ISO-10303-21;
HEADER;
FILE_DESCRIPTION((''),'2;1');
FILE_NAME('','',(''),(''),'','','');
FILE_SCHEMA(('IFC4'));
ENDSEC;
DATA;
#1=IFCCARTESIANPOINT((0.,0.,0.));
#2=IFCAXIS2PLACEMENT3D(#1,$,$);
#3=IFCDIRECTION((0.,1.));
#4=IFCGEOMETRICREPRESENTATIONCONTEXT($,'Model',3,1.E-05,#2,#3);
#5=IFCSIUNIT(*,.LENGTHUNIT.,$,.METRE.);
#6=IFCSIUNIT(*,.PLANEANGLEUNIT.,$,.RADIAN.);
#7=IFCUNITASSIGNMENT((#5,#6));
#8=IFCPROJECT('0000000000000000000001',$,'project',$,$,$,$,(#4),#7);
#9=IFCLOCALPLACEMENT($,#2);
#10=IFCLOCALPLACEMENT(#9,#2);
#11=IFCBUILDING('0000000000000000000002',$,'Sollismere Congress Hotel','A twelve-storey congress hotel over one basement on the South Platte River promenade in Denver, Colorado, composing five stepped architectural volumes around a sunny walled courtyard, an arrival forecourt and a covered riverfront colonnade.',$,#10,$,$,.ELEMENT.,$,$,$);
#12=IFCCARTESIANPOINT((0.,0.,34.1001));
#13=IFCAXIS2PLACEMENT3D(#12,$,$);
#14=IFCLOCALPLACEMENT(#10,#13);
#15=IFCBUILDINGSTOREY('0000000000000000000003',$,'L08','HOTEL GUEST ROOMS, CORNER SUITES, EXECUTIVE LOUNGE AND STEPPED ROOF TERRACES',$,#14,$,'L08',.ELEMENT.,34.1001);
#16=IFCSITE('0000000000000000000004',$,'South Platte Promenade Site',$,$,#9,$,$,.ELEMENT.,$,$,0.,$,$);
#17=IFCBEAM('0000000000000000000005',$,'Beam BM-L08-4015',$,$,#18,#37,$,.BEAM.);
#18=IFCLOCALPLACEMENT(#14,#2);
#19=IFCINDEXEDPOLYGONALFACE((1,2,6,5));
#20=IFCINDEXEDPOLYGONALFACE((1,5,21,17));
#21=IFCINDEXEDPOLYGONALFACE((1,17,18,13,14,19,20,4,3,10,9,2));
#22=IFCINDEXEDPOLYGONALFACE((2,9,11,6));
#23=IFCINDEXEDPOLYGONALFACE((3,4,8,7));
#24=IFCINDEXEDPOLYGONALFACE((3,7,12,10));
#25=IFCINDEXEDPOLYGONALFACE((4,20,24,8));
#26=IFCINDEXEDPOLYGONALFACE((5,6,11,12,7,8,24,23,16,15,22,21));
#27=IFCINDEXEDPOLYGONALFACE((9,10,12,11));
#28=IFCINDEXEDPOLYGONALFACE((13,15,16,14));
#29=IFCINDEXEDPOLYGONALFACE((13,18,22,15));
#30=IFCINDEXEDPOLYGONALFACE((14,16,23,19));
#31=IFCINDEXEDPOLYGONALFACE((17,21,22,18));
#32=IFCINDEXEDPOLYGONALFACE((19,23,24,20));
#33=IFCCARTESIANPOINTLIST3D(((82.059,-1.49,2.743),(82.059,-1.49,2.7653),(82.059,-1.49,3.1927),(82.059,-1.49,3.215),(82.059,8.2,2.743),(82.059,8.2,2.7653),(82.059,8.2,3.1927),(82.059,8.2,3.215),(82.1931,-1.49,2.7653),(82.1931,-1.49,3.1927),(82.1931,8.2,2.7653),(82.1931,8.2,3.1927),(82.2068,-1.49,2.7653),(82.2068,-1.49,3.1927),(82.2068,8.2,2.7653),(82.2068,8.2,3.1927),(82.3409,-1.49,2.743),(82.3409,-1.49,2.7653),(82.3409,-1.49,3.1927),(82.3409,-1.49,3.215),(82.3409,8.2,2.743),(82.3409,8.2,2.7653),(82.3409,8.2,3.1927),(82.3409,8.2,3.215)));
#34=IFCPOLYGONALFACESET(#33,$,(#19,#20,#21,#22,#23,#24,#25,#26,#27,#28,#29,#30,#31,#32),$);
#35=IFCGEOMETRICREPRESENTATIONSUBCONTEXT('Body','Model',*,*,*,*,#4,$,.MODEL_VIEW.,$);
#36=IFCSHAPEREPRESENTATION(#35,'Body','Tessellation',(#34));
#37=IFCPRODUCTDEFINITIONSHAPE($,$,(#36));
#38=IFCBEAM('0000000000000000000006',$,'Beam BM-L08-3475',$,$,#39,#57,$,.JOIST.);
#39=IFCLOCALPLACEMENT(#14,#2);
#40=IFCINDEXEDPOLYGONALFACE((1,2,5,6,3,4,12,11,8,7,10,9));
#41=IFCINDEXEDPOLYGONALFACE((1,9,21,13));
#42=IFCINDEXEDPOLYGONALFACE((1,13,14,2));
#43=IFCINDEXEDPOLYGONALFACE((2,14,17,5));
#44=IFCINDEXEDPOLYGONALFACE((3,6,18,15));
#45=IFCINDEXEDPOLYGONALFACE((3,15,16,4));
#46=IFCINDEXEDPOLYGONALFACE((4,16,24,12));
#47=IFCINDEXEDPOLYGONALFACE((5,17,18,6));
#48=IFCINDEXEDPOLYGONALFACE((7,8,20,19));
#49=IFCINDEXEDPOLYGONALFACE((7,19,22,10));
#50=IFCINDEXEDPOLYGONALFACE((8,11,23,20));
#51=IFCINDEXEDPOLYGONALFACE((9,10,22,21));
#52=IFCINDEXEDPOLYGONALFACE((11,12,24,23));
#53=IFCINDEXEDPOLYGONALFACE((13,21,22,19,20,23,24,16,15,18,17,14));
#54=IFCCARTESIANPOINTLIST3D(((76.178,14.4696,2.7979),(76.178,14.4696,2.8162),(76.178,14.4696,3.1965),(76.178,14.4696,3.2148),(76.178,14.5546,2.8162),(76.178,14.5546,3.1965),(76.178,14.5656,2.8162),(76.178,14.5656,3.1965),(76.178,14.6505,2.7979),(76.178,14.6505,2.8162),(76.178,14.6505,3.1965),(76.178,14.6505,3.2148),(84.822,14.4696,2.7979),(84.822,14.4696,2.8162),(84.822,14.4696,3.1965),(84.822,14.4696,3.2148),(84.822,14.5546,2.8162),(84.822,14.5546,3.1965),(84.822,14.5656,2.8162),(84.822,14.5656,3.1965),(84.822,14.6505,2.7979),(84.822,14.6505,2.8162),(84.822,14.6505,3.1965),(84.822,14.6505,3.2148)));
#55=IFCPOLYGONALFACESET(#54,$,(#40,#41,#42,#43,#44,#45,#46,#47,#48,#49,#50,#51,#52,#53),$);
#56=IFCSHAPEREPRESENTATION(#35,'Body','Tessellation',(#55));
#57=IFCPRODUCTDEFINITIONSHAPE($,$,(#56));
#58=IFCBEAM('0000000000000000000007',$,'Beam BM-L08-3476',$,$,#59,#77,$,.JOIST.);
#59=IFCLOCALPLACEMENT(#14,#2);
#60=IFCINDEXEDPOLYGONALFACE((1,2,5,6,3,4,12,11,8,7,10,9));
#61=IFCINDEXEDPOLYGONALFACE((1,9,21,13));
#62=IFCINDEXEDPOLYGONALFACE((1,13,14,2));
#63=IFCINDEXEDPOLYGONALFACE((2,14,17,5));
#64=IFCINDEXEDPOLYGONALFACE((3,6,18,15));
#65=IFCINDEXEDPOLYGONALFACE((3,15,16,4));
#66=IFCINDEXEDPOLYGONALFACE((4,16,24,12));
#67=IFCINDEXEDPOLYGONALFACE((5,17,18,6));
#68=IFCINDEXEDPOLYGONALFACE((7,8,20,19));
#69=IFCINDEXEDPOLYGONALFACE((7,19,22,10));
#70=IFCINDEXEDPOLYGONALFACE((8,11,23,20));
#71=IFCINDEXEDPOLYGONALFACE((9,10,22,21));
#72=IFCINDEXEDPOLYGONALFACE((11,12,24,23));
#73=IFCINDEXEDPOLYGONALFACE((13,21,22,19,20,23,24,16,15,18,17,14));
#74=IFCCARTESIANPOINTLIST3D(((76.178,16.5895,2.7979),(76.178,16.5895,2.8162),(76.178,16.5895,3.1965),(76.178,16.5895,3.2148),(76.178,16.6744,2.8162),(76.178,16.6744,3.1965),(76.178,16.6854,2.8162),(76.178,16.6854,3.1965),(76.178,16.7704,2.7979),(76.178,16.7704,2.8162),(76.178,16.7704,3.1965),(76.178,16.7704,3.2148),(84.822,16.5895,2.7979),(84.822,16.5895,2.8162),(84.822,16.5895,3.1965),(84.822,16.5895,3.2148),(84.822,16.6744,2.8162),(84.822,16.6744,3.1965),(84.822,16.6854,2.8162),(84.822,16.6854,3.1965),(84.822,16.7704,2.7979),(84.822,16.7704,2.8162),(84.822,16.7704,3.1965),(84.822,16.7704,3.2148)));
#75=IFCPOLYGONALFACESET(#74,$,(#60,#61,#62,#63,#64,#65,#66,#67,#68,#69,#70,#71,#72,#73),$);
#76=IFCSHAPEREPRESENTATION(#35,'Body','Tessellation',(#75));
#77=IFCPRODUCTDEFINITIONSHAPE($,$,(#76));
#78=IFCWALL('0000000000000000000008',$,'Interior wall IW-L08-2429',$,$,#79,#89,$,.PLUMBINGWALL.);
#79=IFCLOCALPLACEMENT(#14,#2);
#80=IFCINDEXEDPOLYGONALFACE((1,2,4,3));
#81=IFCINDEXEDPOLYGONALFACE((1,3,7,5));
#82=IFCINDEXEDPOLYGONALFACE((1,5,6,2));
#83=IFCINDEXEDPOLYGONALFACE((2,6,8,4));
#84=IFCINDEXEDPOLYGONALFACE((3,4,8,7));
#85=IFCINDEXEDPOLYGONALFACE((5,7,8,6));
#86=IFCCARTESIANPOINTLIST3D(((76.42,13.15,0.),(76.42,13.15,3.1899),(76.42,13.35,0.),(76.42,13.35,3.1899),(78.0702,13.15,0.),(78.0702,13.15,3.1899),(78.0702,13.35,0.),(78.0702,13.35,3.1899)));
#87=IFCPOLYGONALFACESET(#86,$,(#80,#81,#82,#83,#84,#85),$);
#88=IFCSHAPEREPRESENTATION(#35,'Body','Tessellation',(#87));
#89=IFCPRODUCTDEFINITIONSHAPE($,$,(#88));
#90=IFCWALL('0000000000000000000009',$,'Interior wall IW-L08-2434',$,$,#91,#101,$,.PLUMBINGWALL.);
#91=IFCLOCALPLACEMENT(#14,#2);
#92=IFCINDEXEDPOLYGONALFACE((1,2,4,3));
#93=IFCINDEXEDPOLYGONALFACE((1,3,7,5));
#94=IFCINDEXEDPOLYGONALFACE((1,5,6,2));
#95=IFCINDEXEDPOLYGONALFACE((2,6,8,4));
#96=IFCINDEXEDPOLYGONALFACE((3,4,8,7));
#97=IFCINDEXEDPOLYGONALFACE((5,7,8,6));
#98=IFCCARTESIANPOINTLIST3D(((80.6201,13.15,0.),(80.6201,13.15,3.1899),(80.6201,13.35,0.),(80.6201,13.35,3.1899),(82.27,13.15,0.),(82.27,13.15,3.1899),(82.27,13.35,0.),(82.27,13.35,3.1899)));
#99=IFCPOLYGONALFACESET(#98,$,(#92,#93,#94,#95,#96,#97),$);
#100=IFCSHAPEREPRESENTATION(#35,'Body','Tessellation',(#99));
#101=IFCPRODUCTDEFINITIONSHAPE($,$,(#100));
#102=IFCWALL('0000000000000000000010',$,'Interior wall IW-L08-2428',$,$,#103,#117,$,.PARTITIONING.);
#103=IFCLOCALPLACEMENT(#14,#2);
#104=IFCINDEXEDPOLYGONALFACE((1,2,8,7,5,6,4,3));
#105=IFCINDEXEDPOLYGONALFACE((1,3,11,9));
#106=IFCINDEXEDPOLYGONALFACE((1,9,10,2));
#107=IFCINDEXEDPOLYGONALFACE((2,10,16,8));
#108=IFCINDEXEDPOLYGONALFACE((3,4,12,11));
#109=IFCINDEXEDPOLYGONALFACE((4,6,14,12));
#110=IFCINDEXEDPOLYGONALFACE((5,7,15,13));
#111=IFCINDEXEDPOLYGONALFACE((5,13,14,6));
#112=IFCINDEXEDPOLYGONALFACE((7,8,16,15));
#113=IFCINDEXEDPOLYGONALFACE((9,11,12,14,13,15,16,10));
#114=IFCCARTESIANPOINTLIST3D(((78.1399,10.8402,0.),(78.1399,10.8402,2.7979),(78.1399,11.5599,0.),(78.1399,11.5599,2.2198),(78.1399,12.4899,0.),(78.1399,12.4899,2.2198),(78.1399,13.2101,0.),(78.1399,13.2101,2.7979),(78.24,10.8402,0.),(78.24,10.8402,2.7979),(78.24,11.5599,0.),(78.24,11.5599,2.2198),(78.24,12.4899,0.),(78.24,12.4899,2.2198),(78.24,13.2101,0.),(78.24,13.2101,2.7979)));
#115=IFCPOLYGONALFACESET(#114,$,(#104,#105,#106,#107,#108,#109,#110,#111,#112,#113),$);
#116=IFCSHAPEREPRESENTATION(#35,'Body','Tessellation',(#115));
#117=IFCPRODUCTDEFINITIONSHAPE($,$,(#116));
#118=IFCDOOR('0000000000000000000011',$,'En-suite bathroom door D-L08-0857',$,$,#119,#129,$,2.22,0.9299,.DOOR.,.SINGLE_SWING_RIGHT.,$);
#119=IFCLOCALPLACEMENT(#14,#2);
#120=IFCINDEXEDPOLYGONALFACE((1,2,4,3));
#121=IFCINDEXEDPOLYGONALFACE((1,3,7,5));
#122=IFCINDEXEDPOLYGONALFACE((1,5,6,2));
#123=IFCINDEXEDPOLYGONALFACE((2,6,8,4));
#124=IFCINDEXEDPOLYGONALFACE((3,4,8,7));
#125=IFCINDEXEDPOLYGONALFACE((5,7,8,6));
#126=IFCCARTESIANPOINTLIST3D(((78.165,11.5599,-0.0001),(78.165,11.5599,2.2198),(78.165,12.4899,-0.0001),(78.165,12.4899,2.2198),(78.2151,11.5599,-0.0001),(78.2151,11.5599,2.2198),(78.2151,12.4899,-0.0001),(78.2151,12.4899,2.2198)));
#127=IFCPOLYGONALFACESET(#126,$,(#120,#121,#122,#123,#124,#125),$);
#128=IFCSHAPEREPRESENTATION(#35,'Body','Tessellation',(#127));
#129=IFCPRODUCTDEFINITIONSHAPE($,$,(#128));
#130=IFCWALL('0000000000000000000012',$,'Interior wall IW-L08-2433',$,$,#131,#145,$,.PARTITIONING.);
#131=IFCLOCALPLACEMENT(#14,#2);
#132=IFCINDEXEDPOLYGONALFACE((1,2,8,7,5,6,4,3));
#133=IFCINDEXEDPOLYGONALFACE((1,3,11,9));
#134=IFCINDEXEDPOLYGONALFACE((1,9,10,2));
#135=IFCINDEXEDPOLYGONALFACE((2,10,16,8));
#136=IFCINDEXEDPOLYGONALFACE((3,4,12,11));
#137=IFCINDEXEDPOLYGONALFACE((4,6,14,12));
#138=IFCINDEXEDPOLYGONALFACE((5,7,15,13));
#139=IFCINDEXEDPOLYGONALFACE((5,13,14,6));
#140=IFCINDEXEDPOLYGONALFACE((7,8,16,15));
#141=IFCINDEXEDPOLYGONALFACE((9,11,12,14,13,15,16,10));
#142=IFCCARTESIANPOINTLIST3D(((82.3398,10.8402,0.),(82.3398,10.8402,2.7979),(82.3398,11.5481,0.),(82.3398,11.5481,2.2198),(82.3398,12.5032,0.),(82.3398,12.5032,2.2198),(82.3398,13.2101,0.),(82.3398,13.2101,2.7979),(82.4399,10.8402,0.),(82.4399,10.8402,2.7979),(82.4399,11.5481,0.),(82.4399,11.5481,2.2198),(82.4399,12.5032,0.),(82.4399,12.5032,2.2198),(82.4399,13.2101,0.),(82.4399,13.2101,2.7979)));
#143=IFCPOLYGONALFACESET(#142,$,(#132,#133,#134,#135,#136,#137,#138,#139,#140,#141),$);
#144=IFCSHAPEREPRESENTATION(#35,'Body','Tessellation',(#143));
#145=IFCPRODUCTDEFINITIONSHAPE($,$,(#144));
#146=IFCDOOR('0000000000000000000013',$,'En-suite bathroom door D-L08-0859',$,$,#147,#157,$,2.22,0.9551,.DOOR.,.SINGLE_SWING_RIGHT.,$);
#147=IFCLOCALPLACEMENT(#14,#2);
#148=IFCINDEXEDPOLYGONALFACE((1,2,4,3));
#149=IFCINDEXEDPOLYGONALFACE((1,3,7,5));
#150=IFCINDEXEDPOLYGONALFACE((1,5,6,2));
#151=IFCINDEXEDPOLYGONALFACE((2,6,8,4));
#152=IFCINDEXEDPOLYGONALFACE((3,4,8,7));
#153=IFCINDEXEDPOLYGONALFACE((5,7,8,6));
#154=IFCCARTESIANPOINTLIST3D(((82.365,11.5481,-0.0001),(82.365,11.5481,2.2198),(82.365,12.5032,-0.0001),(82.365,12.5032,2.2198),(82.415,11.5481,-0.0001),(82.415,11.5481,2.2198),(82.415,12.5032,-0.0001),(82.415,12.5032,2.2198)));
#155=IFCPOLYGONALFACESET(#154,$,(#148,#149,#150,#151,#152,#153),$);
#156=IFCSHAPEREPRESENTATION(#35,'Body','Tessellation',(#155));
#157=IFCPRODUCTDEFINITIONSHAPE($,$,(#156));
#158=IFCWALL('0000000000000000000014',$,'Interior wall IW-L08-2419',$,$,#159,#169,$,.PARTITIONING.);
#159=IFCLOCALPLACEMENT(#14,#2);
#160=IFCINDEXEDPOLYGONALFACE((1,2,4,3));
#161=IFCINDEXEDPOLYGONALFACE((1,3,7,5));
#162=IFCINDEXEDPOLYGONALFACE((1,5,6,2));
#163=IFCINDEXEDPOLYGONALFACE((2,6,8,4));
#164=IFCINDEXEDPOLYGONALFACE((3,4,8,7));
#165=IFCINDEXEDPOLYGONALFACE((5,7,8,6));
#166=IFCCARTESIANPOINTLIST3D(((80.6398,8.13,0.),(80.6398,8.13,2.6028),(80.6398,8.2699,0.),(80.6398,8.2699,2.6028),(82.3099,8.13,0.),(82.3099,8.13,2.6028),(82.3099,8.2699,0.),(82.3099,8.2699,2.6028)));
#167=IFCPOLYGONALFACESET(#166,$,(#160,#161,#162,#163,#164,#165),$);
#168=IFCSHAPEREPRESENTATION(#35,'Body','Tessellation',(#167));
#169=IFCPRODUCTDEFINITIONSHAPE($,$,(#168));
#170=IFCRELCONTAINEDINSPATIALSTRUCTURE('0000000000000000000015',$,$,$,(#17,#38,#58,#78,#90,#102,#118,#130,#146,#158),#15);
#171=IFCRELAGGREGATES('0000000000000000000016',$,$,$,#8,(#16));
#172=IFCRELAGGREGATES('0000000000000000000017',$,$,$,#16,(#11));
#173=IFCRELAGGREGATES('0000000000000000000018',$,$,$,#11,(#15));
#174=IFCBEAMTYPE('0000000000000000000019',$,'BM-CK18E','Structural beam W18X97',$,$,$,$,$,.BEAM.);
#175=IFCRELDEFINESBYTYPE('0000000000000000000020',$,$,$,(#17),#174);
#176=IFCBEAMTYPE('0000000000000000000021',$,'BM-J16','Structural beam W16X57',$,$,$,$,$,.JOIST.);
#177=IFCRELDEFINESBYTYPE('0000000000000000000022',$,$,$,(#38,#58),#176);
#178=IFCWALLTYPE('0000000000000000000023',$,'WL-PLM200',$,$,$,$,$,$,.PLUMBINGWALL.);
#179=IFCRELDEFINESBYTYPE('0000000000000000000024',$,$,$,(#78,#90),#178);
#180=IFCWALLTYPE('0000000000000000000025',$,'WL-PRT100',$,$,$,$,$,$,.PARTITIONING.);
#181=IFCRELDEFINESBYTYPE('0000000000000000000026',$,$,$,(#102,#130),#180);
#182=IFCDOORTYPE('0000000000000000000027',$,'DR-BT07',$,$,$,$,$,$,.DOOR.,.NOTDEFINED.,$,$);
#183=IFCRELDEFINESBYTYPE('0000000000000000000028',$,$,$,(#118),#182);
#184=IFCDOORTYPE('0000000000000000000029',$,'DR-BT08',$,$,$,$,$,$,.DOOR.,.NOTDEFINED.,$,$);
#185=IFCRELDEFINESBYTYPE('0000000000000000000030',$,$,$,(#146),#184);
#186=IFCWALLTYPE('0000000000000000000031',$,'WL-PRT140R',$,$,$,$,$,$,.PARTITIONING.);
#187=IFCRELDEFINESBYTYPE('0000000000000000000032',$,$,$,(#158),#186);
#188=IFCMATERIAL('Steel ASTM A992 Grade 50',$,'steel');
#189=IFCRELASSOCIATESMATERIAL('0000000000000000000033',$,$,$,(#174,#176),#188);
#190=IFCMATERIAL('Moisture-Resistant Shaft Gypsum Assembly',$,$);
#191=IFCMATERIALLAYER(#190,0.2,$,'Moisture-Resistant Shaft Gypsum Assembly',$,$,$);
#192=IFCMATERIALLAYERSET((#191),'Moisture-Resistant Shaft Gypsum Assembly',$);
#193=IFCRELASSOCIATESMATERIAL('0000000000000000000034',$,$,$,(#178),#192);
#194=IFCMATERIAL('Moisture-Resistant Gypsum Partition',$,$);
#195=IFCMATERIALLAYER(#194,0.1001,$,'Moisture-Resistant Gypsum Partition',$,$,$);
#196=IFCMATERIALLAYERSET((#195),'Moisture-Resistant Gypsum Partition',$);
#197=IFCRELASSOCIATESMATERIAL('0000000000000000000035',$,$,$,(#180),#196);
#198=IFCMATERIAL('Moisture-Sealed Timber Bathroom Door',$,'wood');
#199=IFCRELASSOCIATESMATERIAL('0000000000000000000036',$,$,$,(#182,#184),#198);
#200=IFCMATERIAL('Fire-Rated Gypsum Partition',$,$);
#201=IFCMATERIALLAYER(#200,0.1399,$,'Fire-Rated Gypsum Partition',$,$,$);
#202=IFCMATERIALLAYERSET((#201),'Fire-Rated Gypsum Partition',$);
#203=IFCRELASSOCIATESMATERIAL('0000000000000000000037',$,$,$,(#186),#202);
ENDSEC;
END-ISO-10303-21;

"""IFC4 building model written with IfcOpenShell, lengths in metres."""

from ifc_helpers import new_model, si_unit, direction, frame, frame_2d, origin, origin_2d, place, context, subcontext, project, spatial, rectangle, i_section, extrude, material, layer, layer_set, material_profile, profile_set, type_object, element, fill, save


model = new_model("IFC4")

# Units and contexts
model_context = context("Model", 3, precision=1e-05, world=origin(), true_north=direction((0.0, 1.0)))
body_context = subcontext(model_context, "Body", "Model", "MODEL_VIEW")
ifc_project = project(units=[si_unit("LENGTHUNIT", "METRE"), si_unit("PLANEANGLEUNIT", "RADIAN")], contexts=[model_context])

# Site, building, storey
site_placement = place(None, origin())
site = spatial("IfcSite", under=ifc_project, at=site_placement, Name="South Platte Promenade Site", CompositionType="ELEMENT", RefElevation=0.0)
building_placement = place(site_placement, origin())
building = spatial("IfcBuilding", under=site, at=building_placement, Name="Sollismere Congress Hotel", Description="A twelve-storey congress hotel over one basement on the South Platte River promenade in Denver, Colorado, composing five stepped architectural volumes around a sunny walled courtyard, an arrival forecourt and a covered riverfront colonnade.", CompositionType="ELEMENT")
storey_placement = place(building_placement, frame((0.0, 0.0, 34.1001)))
storey = spatial("IfcBuildingStorey", under=building, at=storey_placement, Name="L08", Description="HOTEL GUEST ROOMS, CORNER SUITES, EXECUTIVE LOUNGE AND STEPPED ROOF TERRACES", LongName="L08", CompositionType="ELEMENT", Elevation=34.1001)

# Beams
ifc_material_1 = material(Name="Steel ASTM A992 Grade 50", Category="steel")
ifc_material_profile_1 = material_profile(ifc_material_1, i_section(OverallWidth=0.282, OverallDepth=0.4719, WebThickness=0.0137, FlangeThickness=0.0222, at=origin_2d()), Name="W18X97")
ifc_profile_set_1 = profile_set([ifc_material_profile_1], Name="Steel ASTM A992 Grade 50")
beam_type_1 = type_object("IfcBeamType", Name="BM-CK18E", Description="Structural beam W18X97", PredefinedType="BEAM", material=ifc_profile_set_1)
beam_placement = place(storey_placement, frame((82.2, 8.2, 2.979), z_axis=(0.0, -1.0, 0.0), x_axis=(1.0, 0.0, 0.0)))
element("IfcBeam", 1, at=beam_placement, inside=storey, type_object=beam_type_1, Name="Beam BM-L08-4015", PredefinedType="BEAM", context=body_context, shape_type="SweptSolid", body=[
    extrude(i_section(OverallWidth=0.282, OverallDepth=0.4719, WebThickness=0.0137, FlangeThickness=0.0222, at=origin_2d()), origin(), (0.0, 0.0, 1.0), 9.6899),
])
ifc_material_profile_2 = material_profile(ifc_material_1, i_section(OverallWidth=0.1809, OverallDepth=0.417, WebThickness=0.011, FlangeThickness=0.0183, at=origin_2d()), Name="W16X57")
ifc_profile_set_2 = profile_set([ifc_material_profile_2], Name="Steel ASTM A992 Grade 50")
beam_type_2 = type_object("IfcBeamType", Name="BM-J16", Description="Structural beam W16X57", PredefinedType="JOIST", material=ifc_profile_set_2)
for number, where, z_axis, x_axis, name in (
    (2, (76.178, 14.5601, 3.0063), (1.0, 0.0, 0.0), (0.0, 1.0, 0.0), "Beam BM-L08-3475"),
    (3, (76.178, 16.6799, 3.0063), (1.0, 0.0, 0.0), (0.0, 1.0, 0.0), "Beam BM-L08-3476"),
):
    element("IfcBeam", number, at=place(storey_placement, frame(where, z_axis=z_axis, x_axis=x_axis)), inside=storey, type_object=beam_type_2, Name=name, PredefinedType="JOIST", context=body_context, shape_type="SweptSolid", body=[
        extrude(i_section(OverallWidth=0.1809, OverallDepth=0.417, WebThickness=0.011, FlangeThickness=0.0183, at=origin_2d()), origin(), (0.0, 0.0, 1.0), 8.644),
    ])

# Walls
ifc_material_2 = material(Name="Moisture-Resistant Shaft Gypsum Assembly")
ifc_layer_1 = layer(ifc_material_2, 0.2, Name="Moisture-Resistant Shaft Gypsum Assembly")
ifc_layer_set_1 = layer_set([ifc_layer_1], Name="Moisture-Resistant Shaft Gypsum Assembly")
wall_type_1 = type_object("IfcWallType", Name="WL-PLM200", PredefinedType="PLUMBINGWALL", material=ifc_layer_set_1)
wall_1_placement = place(storey_placement, frame((76.4199, 13.25, 0.0), z_axis=(0.0, 0.0, 1.0), x_axis=(1.0, 0.0, 0.0)))
element("IfcWall", 4, at=wall_1_placement, inside=storey, type_object=wall_type_1, Name="Interior wall IW-L08-2429", PredefinedType="PLUMBINGWALL", context=body_context, shape_type="SweptSolid", body=[
    extrude(rectangle(XDim=1.6501, YDim=0.2, at=frame_2d((0.8252, 0.0))), origin(), (0.0, 0.0, 1.0), 3.1899),
])
wall_2_placement = place(storey_placement, frame((80.6201, 13.25, 0.0), z_axis=(0.0, 0.0, 1.0), x_axis=(1.0, 0.0, 0.0)))
element("IfcWall", 5, at=wall_2_placement, inside=storey, type_object=wall_type_1, Name="Interior wall IW-L08-2434", PredefinedType="PLUMBINGWALL", context=body_context, shape_type="SweptSolid", body=[
    extrude(rectangle(XDim=1.6499, YDim=0.2, at=frame_2d((0.825, 0.0))), origin(), (0.0, 0.0, 1.0), 3.1899),
])

# Walls, openings, doors
ifc_material_3 = material(Name="Moisture-Resistant Gypsum Partition")
ifc_layer_2 = layer(ifc_material_3, 0.1001, Name="Moisture-Resistant Gypsum Partition")
ifc_layer_set_2 = layer_set([ifc_layer_2], Name="Moisture-Resistant Gypsum Partition")
wall_type_2 = type_object("IfcWallType", Name="WL-PRT100", PredefinedType="PARTITIONING", material=ifc_layer_set_2)
wall_3_placement = place(storey_placement, frame((78.1899, 10.8401, 0.0), z_axis=(0.0, 0.0, 1.0), x_axis=(0.0, 1.0, 0.0)))
wall_3 = element("IfcWall", 6, at=wall_3_placement, inside=storey, type_object=wall_type_2, Name="Interior wall IW-L08-2428", PredefinedType="PARTITIONING", context=body_context, shape_type="SweptSolid", body=[
    extrude(rectangle(XDim=2.3699, YDim=0.1001, at=frame_2d((1.1851, 0.0))), origin(), (0.0, 0.0, 1.0), 2.7979),
])
opening_1_placement = place(wall_3_placement, frame((0.72, 0.0, 0.0)))
opening_1 = element("IfcOpeningElement", 7, at=opening_1_placement, cuts=wall_3, PredefinedType="OPENING", context=body_context, shape_type="SweptSolid", body=[
    extrude(rectangle(XDim=0.9299, YDim=2.22, at=frame_2d((0.4648, 1.1099))), frame((0.0, 0.0601, 0.0), z_axis=(0.0, -1.0, 0.0), x_axis=(1.0, 0.0, 0.0)), (0.0, 0.0, 1.0), 0.1201),
])
ifc_material_4 = material(Name="Moisture-Sealed Timber Bathroom Door", Category="wood")
door_type_1 = type_object("IfcDoorType", Name="DR-BT07", OperationType="NOTDEFINED", PredefinedType="DOOR", material=ifc_material_4)
door_1_placement = place(opening_1_placement, origin())
door_1 = element("IfcDoor", 8, at=door_1_placement, inside=storey, type_object=door_type_1, Name="En-suite bathroom door D-L08-0857", OperationType="SINGLE_SWING_RIGHT", OverallHeight=2.22, OverallWidth=0.9299, PredefinedType="DOOR", context=body_context, shape_type="SweptSolid", body=[
    extrude(rectangle(XDim=0.9299, YDim=2.22, at=frame_2d((0.4648, 1.1099))), frame((0.0, 0.0249, 0.0), z_axis=(0.0, -1.0, 0.0), x_axis=(1.0, 0.0, 0.0)), (0.0, 0.0, 1.0), 0.05),
])
fill(opening_1, door_1)
wall_4_placement = place(storey_placement, frame((82.3899, 10.8401, 0.0), z_axis=(0.0, 0.0, 1.0), x_axis=(0.0, 1.0, 0.0)))
wall_4 = element("IfcWall", 9, at=wall_4_placement, inside=storey, type_object=wall_type_2, Name="Interior wall IW-L08-2433", PredefinedType="PARTITIONING", context=body_context, shape_type="SweptSolid", body=[
    extrude(rectangle(XDim=2.3699, YDim=0.1001, at=frame_2d((1.1851, 0.0))), origin(), (0.0, 0.0, 1.0), 2.7979),
])
opening_2_placement = place(wall_4_placement, frame((0.708, 0.0, 0.0)))
opening_2 = element("IfcOpeningElement", 10, at=opening_2_placement, cuts=wall_4, PredefinedType="OPENING", context=body_context, shape_type="SweptSolid", body=[
    extrude(rectangle(XDim=0.9551, YDim=2.22, at=frame_2d((0.4775, 1.1099))), frame((0.0, 0.0601, 0.0), z_axis=(0.0, -1.0, 0.0), x_axis=(1.0, 0.0, 0.0)), (0.0, 0.0, 1.0), 0.1201),
])
door_type_2 = type_object("IfcDoorType", Name="DR-BT08", OperationType="NOTDEFINED", PredefinedType="DOOR", material=ifc_material_4)
door_2_placement = place(opening_2_placement, origin())
door_2 = element("IfcDoor", 11, at=door_2_placement, inside=storey, type_object=door_type_2, Name="En-suite bathroom door D-L08-0859", OperationType="SINGLE_SWING_RIGHT", OverallHeight=2.22, OverallWidth=0.9551, PredefinedType="DOOR", context=body_context, shape_type="SweptSolid", body=[
    extrude(rectangle(XDim=0.9551, YDim=2.22, at=frame_2d((0.4775, 1.1099))), frame((0.0, 0.0249, 0.0), z_axis=(0.0, -1.0, 0.0), x_axis=(1.0, 0.0, 0.0)), (0.0, 0.0, 1.0), 0.05),
])
fill(opening_2, door_2)
ifc_material_5 = material(Name="Fire-Rated Gypsum Partition")
ifc_layer_3 = layer(ifc_material_5, 0.1399, Name="Fire-Rated Gypsum Partition")
ifc_layer_set_3 = layer_set([ifc_layer_3], Name="Fire-Rated Gypsum Partition")
wall_type_3 = type_object("IfcWallType", Name="WL-PRT140R", PredefinedType="PARTITIONING", material=ifc_layer_set_3)

# Wall
wall_5_placement = place(storey_placement, frame((80.6399, 8.2, 0.0), z_axis=(0.0, 0.0, 1.0), x_axis=(1.0, 0.0, 0.0)))
element("IfcWall", 12, at=wall_5_placement, inside=storey, type_object=wall_type_3, Name="Interior wall IW-L08-2419", PredefinedType="PARTITIONING", context=body_context, shape_type="SweptSolid", body=[
    extrude(rectangle(XDim=1.6702, YDim=0.1399, at=frame_2d((0.835, 0.0))), origin(), (0.0, 0.0, 1.0), 2.6028),
])

save(model, "model.ifc")
